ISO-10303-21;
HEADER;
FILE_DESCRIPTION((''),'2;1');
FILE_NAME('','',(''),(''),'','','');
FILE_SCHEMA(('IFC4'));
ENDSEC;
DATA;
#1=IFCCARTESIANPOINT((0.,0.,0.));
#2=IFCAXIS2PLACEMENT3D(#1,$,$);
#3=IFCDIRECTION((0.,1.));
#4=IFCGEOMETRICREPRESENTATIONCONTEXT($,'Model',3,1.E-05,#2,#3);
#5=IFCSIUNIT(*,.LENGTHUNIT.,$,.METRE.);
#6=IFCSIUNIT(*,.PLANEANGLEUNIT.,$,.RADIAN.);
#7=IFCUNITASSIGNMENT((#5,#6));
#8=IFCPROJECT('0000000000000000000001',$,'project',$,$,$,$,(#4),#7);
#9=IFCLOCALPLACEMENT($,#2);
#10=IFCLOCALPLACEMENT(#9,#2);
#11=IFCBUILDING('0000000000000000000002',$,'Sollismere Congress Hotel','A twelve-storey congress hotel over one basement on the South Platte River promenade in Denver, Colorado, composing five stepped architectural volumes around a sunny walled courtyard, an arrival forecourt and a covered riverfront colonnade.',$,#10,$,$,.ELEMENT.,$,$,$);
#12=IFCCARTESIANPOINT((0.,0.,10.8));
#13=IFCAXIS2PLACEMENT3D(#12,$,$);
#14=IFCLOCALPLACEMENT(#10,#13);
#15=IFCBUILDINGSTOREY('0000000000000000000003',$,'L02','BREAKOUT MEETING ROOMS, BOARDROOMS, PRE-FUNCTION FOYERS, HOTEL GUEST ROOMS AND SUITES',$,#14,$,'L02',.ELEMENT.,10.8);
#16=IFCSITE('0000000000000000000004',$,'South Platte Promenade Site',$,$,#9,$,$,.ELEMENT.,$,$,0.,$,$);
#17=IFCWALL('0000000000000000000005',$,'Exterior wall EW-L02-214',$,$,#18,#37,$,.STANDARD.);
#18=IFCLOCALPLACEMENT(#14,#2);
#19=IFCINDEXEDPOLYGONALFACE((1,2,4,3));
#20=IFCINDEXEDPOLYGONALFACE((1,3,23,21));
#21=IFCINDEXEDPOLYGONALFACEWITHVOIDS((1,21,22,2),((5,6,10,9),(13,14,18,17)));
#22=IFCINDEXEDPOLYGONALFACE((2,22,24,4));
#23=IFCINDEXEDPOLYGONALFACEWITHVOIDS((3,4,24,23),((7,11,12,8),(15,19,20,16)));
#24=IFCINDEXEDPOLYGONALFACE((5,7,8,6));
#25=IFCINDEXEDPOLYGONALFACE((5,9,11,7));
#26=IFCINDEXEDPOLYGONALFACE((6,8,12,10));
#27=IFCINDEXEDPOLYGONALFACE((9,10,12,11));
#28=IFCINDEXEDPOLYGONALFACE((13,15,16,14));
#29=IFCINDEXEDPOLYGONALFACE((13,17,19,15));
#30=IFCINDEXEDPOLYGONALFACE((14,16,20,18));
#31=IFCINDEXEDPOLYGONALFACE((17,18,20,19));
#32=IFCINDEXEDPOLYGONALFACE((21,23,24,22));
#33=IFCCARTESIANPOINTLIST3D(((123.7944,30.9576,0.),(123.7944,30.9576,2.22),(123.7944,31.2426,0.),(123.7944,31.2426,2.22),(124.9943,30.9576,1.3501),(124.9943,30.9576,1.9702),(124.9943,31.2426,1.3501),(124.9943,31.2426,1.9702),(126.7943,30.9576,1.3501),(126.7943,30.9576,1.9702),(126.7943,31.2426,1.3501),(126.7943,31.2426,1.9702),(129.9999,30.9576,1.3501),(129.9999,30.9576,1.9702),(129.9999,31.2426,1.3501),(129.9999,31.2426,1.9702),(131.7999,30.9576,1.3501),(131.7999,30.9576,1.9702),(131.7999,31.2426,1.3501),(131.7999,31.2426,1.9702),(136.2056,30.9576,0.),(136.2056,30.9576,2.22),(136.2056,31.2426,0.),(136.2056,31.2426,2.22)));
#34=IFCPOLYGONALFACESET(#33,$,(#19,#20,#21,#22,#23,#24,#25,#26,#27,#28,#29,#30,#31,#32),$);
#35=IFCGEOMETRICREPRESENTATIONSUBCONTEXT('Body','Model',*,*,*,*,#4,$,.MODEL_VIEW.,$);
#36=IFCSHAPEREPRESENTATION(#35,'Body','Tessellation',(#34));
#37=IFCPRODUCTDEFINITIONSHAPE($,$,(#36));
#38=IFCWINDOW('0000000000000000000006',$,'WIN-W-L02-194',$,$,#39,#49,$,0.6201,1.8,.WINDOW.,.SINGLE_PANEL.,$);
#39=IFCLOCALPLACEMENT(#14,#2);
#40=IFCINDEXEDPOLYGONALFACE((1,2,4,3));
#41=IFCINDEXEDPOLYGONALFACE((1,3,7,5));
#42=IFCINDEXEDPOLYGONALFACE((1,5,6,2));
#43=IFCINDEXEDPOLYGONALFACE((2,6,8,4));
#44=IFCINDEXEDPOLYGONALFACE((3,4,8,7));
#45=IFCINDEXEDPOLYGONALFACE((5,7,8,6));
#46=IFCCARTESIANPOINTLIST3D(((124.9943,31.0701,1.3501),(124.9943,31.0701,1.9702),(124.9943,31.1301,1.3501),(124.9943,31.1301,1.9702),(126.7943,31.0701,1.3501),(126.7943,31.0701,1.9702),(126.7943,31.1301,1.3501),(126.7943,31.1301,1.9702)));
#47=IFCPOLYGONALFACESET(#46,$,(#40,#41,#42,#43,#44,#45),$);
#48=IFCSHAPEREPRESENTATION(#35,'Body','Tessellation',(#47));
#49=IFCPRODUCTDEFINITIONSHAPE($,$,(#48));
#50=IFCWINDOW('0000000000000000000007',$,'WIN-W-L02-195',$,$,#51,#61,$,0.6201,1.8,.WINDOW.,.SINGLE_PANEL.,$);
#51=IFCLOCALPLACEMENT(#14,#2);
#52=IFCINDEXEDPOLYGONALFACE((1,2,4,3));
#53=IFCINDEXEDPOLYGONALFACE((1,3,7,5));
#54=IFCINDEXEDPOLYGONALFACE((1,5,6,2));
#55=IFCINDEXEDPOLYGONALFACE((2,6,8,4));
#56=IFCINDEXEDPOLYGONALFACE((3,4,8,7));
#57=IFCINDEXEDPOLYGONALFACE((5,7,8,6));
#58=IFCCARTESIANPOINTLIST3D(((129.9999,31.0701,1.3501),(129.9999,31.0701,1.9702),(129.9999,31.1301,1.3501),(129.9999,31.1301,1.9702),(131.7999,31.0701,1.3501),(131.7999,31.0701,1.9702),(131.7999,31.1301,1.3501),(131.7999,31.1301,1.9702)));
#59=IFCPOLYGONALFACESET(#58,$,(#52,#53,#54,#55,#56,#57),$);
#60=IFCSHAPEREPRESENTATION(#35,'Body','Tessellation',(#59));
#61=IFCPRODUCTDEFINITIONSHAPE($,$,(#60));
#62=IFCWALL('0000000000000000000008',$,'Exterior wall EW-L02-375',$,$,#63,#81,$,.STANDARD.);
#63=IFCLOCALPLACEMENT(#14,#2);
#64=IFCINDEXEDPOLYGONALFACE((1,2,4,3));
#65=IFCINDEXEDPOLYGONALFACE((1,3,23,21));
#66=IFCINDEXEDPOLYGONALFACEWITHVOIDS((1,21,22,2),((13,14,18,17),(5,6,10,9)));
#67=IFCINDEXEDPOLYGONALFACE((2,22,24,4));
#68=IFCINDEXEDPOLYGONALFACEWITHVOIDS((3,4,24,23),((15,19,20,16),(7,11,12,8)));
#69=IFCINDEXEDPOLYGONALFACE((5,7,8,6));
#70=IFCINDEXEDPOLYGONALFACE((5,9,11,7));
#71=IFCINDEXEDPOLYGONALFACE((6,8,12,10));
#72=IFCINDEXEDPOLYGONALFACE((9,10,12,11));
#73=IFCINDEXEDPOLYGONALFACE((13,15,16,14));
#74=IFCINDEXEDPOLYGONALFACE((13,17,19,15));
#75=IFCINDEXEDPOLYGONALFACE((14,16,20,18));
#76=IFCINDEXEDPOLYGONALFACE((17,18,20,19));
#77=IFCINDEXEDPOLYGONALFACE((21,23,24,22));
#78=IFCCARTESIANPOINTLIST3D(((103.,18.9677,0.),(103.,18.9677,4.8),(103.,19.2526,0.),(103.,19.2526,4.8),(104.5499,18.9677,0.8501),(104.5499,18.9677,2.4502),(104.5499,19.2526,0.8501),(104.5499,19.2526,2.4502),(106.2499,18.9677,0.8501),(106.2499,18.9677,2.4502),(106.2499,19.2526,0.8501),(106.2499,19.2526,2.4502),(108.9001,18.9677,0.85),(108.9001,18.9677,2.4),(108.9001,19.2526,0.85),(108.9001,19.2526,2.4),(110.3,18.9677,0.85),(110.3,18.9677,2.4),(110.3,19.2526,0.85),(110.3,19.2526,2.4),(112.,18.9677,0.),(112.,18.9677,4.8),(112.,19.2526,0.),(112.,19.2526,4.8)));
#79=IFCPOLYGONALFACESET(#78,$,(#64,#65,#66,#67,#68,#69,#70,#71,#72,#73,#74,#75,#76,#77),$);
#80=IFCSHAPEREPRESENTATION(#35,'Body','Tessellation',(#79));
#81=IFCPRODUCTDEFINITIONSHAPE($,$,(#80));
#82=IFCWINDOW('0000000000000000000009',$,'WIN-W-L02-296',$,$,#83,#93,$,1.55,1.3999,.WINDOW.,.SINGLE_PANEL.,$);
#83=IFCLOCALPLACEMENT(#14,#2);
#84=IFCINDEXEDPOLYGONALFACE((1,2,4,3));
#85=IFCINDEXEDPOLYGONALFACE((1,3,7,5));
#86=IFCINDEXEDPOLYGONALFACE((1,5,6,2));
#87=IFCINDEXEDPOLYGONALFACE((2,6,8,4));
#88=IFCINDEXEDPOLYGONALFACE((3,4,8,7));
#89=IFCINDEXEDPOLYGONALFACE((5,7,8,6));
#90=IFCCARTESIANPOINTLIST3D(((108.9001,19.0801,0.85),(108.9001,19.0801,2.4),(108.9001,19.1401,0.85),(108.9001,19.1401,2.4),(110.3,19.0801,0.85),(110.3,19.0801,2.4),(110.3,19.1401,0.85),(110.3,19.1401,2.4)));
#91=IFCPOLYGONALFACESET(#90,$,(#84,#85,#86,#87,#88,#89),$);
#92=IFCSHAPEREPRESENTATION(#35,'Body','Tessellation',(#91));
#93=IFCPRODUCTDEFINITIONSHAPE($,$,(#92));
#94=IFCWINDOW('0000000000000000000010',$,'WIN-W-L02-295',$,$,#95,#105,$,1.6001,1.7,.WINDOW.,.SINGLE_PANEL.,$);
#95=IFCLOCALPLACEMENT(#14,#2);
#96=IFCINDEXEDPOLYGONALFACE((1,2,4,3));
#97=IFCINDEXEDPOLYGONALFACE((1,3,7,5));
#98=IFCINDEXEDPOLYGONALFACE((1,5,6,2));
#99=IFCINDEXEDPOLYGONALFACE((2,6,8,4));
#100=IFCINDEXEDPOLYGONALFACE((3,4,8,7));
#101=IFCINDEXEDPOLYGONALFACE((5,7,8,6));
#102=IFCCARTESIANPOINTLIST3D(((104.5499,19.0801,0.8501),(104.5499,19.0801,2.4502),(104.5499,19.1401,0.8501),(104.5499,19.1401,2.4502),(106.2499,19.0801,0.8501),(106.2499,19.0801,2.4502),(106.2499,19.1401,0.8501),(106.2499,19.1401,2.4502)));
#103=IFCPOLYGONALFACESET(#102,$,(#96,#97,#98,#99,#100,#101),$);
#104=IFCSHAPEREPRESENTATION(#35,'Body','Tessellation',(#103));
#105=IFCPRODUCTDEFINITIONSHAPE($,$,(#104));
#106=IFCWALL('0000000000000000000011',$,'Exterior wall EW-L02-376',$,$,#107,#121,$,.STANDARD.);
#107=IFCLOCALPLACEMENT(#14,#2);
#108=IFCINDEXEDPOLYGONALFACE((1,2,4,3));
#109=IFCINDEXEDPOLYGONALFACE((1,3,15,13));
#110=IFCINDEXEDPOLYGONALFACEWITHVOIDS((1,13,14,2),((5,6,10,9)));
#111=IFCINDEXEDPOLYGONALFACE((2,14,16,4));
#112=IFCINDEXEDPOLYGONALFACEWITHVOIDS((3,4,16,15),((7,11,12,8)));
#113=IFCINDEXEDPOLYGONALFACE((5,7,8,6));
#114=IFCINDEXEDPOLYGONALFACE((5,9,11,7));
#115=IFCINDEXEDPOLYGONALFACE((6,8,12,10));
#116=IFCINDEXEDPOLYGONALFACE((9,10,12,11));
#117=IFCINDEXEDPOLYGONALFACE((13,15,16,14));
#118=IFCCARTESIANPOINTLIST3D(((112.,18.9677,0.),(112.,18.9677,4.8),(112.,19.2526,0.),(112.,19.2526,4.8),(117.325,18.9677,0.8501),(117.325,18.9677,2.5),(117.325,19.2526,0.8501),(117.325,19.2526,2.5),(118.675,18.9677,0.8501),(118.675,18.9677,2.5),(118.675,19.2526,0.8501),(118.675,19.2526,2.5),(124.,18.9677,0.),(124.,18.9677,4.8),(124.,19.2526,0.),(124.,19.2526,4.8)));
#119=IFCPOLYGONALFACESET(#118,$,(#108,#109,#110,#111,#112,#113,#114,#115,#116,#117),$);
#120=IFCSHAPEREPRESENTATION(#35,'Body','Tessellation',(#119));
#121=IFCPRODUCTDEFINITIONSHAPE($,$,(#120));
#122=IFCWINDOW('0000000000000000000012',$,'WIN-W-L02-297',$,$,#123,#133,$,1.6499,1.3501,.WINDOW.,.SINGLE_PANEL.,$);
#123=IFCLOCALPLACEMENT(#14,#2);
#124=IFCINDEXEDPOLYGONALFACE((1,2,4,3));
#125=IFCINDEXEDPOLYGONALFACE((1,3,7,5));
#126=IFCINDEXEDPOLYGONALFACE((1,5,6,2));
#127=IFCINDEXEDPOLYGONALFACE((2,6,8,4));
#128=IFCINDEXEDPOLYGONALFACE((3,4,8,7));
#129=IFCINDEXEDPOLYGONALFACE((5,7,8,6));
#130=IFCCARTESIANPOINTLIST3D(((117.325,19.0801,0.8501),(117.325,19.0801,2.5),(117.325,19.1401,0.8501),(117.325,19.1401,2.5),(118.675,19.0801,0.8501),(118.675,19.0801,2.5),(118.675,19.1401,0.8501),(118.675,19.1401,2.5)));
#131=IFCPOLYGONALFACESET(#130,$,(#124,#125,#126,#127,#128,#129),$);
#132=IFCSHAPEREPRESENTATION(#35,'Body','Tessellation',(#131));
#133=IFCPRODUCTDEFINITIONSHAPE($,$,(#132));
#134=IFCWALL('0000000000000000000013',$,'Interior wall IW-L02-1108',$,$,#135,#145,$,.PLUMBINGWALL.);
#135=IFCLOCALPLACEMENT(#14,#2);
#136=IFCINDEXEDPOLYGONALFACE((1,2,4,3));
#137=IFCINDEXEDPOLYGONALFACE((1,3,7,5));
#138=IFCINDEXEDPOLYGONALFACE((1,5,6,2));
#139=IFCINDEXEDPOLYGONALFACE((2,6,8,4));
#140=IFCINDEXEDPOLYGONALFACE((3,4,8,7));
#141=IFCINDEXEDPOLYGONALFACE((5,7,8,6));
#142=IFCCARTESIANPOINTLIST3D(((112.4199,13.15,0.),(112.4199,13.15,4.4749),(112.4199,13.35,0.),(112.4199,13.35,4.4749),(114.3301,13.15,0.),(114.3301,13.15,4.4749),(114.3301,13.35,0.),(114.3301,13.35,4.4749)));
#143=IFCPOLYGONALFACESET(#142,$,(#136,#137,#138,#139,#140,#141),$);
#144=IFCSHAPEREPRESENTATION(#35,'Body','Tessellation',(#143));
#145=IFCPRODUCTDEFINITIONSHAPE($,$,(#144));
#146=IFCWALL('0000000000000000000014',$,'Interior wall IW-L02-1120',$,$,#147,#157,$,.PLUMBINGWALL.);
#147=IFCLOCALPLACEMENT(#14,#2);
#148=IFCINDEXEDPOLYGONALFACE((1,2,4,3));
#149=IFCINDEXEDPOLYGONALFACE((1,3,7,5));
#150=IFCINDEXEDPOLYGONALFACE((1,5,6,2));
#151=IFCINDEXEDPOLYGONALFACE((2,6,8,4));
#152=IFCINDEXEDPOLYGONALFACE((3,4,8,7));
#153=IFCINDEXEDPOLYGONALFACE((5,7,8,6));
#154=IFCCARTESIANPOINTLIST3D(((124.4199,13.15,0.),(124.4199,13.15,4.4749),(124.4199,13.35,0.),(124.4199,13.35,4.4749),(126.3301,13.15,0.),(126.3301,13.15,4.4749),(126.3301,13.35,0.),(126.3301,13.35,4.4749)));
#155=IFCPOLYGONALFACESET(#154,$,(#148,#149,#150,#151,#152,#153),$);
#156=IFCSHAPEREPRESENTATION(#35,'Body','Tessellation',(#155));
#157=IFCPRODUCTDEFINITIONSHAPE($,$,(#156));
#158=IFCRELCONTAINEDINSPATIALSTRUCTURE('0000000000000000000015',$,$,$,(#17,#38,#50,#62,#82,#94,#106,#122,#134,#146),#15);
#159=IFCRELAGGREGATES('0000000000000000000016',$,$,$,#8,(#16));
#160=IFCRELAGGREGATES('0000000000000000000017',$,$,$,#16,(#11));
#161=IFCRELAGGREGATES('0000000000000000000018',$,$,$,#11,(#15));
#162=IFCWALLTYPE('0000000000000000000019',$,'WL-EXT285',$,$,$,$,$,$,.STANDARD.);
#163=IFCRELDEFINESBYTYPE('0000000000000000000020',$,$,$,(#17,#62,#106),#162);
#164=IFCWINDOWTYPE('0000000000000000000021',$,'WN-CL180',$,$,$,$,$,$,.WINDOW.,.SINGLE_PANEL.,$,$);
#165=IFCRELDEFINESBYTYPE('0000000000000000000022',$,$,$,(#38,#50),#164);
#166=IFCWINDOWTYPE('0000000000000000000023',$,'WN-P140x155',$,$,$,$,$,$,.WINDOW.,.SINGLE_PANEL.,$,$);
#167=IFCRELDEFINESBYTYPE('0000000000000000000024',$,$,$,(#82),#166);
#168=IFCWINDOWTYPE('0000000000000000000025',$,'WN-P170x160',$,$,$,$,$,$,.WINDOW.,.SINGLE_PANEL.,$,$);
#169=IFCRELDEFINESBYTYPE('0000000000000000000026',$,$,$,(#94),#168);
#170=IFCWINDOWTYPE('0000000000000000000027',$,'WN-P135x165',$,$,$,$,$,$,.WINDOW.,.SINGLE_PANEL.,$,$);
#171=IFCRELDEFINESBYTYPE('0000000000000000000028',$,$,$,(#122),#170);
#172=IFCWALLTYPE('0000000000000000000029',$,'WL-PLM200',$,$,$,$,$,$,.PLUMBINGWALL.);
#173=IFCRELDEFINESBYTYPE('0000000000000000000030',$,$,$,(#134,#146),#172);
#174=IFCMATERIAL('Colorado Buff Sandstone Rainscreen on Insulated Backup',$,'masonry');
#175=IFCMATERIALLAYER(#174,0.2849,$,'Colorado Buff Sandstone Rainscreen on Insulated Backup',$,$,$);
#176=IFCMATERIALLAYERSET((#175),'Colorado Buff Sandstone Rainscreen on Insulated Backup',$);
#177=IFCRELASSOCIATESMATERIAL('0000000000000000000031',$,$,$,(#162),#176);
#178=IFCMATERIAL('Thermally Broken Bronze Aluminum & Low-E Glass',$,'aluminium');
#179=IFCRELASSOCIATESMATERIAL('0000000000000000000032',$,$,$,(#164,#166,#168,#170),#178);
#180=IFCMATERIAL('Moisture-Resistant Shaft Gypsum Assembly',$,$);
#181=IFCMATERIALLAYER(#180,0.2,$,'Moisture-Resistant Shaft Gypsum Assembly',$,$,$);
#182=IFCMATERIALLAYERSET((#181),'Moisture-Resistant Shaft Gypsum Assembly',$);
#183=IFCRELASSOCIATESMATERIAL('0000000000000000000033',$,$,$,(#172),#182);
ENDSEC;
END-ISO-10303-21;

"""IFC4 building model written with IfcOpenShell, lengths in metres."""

from ifc_helpers import new_model, si_unit, direction, frame, frame_2d, origin, place, context, subcontext, project, spatial, rectangle, extrude, material, layer, layer_set, type_object, element, fill, save


model = new_model("IFC4")

# Units and contexts
model_context = context("Model", 3, precision=1e-05, world=origin(), true_north=direction((0.0, 1.0)))
body_context = subcontext(model_context, "Body", "Model", "MODEL_VIEW")
ifc_project = project(units=[si_unit("LENGTHUNIT", "METRE"), si_unit("PLANEANGLEUNIT", "RADIAN")], contexts=[model_context])

# Site, building, storey
site_placement = place(None, origin())
site = spatial("IfcSite", under=ifc_project, at=site_placement, Name="South Platte Promenade Site", CompositionType="ELEMENT", RefElevation=0.0)
building_placement = place(site_placement, origin())
building = spatial("IfcBuilding", under=site, at=building_placement, Name="Sollismere Congress Hotel", Description="A twelve-storey congress hotel over one basement on the South Platte River promenade in Denver, Colorado, composing five stepped architectural volumes around a sunny walled courtyard, an arrival forecourt and a covered riverfront colonnade.", CompositionType="ELEMENT")
storey_placement = place(building_placement, frame((0.0, 0.0, 10.8)))
storey = spatial("IfcBuildingStorey", under=building, at=storey_placement, Name="L02", Description="BREAKOUT MEETING ROOMS, BOARDROOMS, PRE-FUNCTION FOYERS, HOTEL GUEST ROOMS AND SUITES", LongName="L02", CompositionType="ELEMENT", Elevation=10.8)

# Walls, openings, windows
ifc_material_1 = material(Name="Colorado Buff Sandstone Rainscreen on Insulated Backup", Category="masonry")
ifc_layer_1 = layer(ifc_material_1, 0.2849, Name="Colorado Buff Sandstone Rainscreen on Insulated Backup")
ifc_layer_set_1 = layer_set([ifc_layer_1], Name="Colorado Buff Sandstone Rainscreen on Insulated Backup")
wall_type_1 = type_object("IfcWallType", Name="WL-EXT285", PredefinedType="STANDARD", material=ifc_layer_set_1)
ifc_material_2 = material(Name="Thermally Broken Bronze Aluminum & Low-E Glass", Category="aluminium")
window_type_1 = type_object("IfcWindowType", Name="WN-CL180", PartitioningType="SINGLE_PANEL", PredefinedType="WINDOW", material=ifc_material_2)
wall_1_placement = place(storey_placement, frame((123.7944, 31.1001, 0.0), z_axis=(0.0, 0.0, 1.0), x_axis=(1.0, 0.0, 0.0)))
wall_1 = element("IfcWall", 1, at=wall_1_placement, inside=storey, type_object=wall_type_1, Name="Exterior wall EW-L02-214", PredefinedType="STANDARD", context=body_context, shape_type="SweptSolid", body=[
    extrude(rectangle(XDim=12.4111, YDim=0.2849, at=frame_2d((6.2056, 0.0))), origin(), (0.0, 0.0, 1.0), 2.22),
])
opening_1_placement = place(wall_1_placement, frame((1.2, 0.0, 1.3501)))
opening_1 = element("IfcOpeningElement", 2, at=opening_1_placement, cuts=wall_1, PredefinedType="OPENING", context=body_context, shape_type="SweptSolid", body=[
    extrude(rectangle(XDim=1.8, YDim=0.6201, at=frame_2d((0.8999, 0.3101))), frame((0.0, 0.1523, 0.0), z_axis=(0.0, -1.0, 0.0), x_axis=(1.0, 0.0, 0.0)), (0.0, 0.0, 1.0), 0.3049),
])
opening_2_placement = place(wall_1_placement, frame((6.2056, 0.0, 1.3501)))
opening_2 = element("IfcOpeningElement", 3, at=opening_2_placement, cuts=wall_1, PredefinedType="OPENING", context=body_context, shape_type="SweptSolid", body=[
    extrude(rectangle(XDim=1.8, YDim=0.6201, at=frame_2d((0.8999, 0.3101))), frame((0.0, 0.1523, 0.0), z_axis=(0.0, -1.0, 0.0), x_axis=(1.0, 0.0, 0.0)), (0.0, 0.0, 1.0), 0.3049),
])
window_1_placement = place(opening_1_placement, origin())
window_1 = element("IfcWindow", 4, at=window_1_placement, inside=storey, type_object=window_type_1, Name="WIN-W-L02-194", OverallHeight=0.6201, OverallWidth=1.8, PartitioningType="SINGLE_PANEL", PredefinedType="WINDOW", context=body_context, shape_type="SweptSolid", body=[
    extrude(rectangle(XDim=1.8, YDim=0.6201, at=frame_2d((0.8999, 0.3101))), frame((0.0, 0.03, 0.0), z_axis=(0.0, -1.0, 0.0), x_axis=(1.0, 0.0, 0.0)), (0.0, 0.0, 1.0), 0.0601),
])
fill(opening_1, window_1)
window_2_placement = place(opening_2_placement, origin())
window_2 = element("IfcWindow", 5, at=window_2_placement, inside=storey, type_object=window_type_1, Name="WIN-W-L02-195", OverallHeight=0.6201, OverallWidth=1.8, PartitioningType="SINGLE_PANEL", PredefinedType="WINDOW", context=body_context, shape_type="SweptSolid", body=[
    extrude(rectangle(XDim=1.8, YDim=0.6201, at=frame_2d((0.8999, 0.3101))), frame((0.0, 0.03, 0.0), z_axis=(0.0, -1.0, 0.0), x_axis=(1.0, 0.0, 0.0)), (0.0, 0.0, 1.0), 0.0601),
])
fill(opening_2, window_2)
wall_2_placement = place(storey_placement, frame((112.0, 19.1101, 0.0), z_axis=(0.0, 0.0, 1.0), x_axis=(-1.0, 0.0, 0.0)))
wall_2 = element("IfcWall", 6, at=wall_2_placement, inside=storey, type_object=wall_type_1, Name="Exterior wall EW-L02-375", PredefinedType="STANDARD", context=body_context, shape_type="SweptSolid", body=[
    extrude(rectangle(XDim=9.0, YDim=0.2849, at=frame_2d((4.5, 0.0))), origin(), (0.0, 0.0, 1.0), 4.8),
])
opening_3_placement = place(wall_2_placement, frame((5.75, 0.0, 0.8501)))
opening_3 = element("IfcOpeningElement", 7, at=opening_3_placement, cuts=wall_2, PredefinedType="OPENING", context=body_context, shape_type="SweptSolid", body=[
    extrude(rectangle(XDim=1.7, YDim=1.6001, at=frame_2d((0.8501, 0.8))), frame((0.0, 0.1523, 0.0), z_axis=(0.0, -1.0, 0.0), x_axis=(1.0, 0.0, 0.0)), (0.0, 0.0, 1.0), 0.3049),
])
opening_4_placement = place(wall_2_placement, frame((1.7, 0.0, 0.8501)))
opening_4 = element("IfcOpeningElement", 8, at=opening_4_placement, cuts=wall_2, PredefinedType="OPENING", context=body_context, shape_type="SweptSolid", body=[
    extrude(rectangle(XDim=1.3999, YDim=1.55, at=frame_2d((0.7, 0.7749))), frame((0.0, 0.1523, 0.0), z_axis=(0.0, -1.0, 0.0), x_axis=(1.0, 0.0, 0.0)), (0.0, 0.0, 1.0), 0.3049),
])
window_type_2 = type_object("IfcWindowType", Name="WN-P140x155", PartitioningType="SINGLE_PANEL", PredefinedType="WINDOW", material=ifc_material_2)
window_3_placement = place(opening_4_placement, origin())
window_3 = element("IfcWindow", 9, at=window_3_placement, inside=storey, type_object=window_type_2, Name="WIN-W-L02-296", OverallHeight=1.55, OverallWidth=1.3999, PartitioningType="SINGLE_PANEL", PredefinedType="WINDOW", context=body_context, shape_type="SweptSolid", body=[
    extrude(rectangle(XDim=1.3999, YDim=1.55, at=frame_2d((0.7, 0.7749))), frame((0.0, 0.03, 0.0), z_axis=(0.0, -1.0, 0.0), x_axis=(1.0, 0.0, 0.0)), (0.0, 0.0, 1.0), 0.0601),
])
fill(opening_4, window_3)
window_type_3 = type_object("IfcWindowType", Name="WN-P170x160", PartitioningType="SINGLE_PANEL", PredefinedType="WINDOW", material=ifc_material_2)
window_4_placement = place(opening_3_placement, origin())
window_4 = element("IfcWindow", 10, at=window_4_placement, inside=storey, type_object=window_type_3, Name="WIN-W-L02-295", OverallHeight=1.6001, OverallWidth=1.7, PartitioningType="SINGLE_PANEL", PredefinedType="WINDOW", context=body_context, shape_type="SweptSolid", body=[
    extrude(rectangle(XDim=1.7, YDim=1.6001, at=frame_2d((0.8501, 0.8))), frame((0.0, 0.03, 0.0), z_axis=(0.0, -1.0, 0.0), x_axis=(1.0, 0.0, 0.0)), (0.0, 0.0, 1.0), 0.0601),
])
fill(opening_3, window_4)

# Wall, opening, window
wall_3_placement = place(storey_placement, frame((124.0, 19.1101, 0.0), z_axis=(0.0, 0.0, 1.0), x_axis=(-1.0, 0.0, 0.0)))
wall_3 = element("IfcWall", 11, at=wall_3_placement, inside=storey, type_object=wall_type_1, Name="Exterior wall EW-L02-376", PredefinedType="STANDARD", context=body_context, shape_type="SweptSolid", body=[
    extrude(rectangle(XDim=12.0, YDim=0.2849, at=frame_2d((6.0, 0.0))), origin(), (0.0, 0.0, 1.0), 4.8),
])
opening_5_placement = place(wall_3_placement, frame((5.325, 0.0, 0.8501)))
opening_5 = element("IfcOpeningElement", 12, at=opening_5_placement, cuts=wall_3, PredefinedType="OPENING", context=body_context, shape_type="SweptSolid", body=[
    extrude(rectangle(XDim=1.3501, YDim=1.6499, at=frame_2d((0.675, 0.825))), frame((0.0, 0.1523, 0.0), z_axis=(0.0, -1.0, 0.0), x_axis=(1.0, 0.0, 0.0)), (0.0, 0.0, 1.0), 0.3049),
])
window_type_4 = type_object("IfcWindowType", Name="WN-P135x165", PartitioningType="SINGLE_PANEL", PredefinedType="WINDOW", material=ifc_material_2)
window_5_placement = place(opening_5_placement, origin())
window_5 = element("IfcWindow", 13, at=window_5_placement, inside=storey, type_object=window_type_4, Name="WIN-W-L02-297", OverallHeight=1.6499, OverallWidth=1.3501, PartitioningType="SINGLE_PANEL", PredefinedType="WINDOW", context=body_context, shape_type="SweptSolid", body=[
    extrude(rectangle(XDim=1.3501, YDim=1.6499, at=frame_2d((0.675, 0.825))), frame((0.0, 0.03, 0.0), z_axis=(0.0, -1.0, 0.0), x_axis=(1.0, 0.0, 0.0)), (0.0, 0.0, 1.0), 0.0601),
])
fill(opening_5, window_5)

# Walls
ifc_material_3 = material(Name="Moisture-Resistant Shaft Gypsum Assembly")
ifc_layer_2 = layer(ifc_material_3, 0.2, Name="Moisture-Resistant Shaft Gypsum Assembly")
ifc_layer_set_2 = layer_set([ifc_layer_2], Name="Moisture-Resistant Shaft Gypsum Assembly")
wall_type_2 = type_object("IfcWallType", Name="WL-PLM200", PredefinedType="PLUMBINGWALL", material=ifc_layer_set_2)
for number, where, z_axis, x_axis, name in (
    (14, (112.4199, 13.25, 0.0), (0.0, 0.0, 1.0), (1.0, 0.0, 0.0), "Interior wall IW-L02-1108"),
    (15, (124.4199, 13.25, 0.0), (0.0, 0.0, 1.0), (1.0, 0.0, 0.0), "Interior wall IW-L02-1120"),
):
    element("IfcWall", number, at=place(storey_placement, frame(where, z_axis=z_axis, x_axis=x_axis)), inside=storey, type_object=wall_type_2, Name=name, PredefinedType="PLUMBINGWALL", context=body_context, shape_type="SweptSolid", body=[
        extrude(rectangle(XDim=1.9102, YDim=0.2, at=frame_2d((0.9551, 0.0))), origin(), (0.0, 0.0, 1.0), 4.4749),
    ])

save(model, "model.ifc")
